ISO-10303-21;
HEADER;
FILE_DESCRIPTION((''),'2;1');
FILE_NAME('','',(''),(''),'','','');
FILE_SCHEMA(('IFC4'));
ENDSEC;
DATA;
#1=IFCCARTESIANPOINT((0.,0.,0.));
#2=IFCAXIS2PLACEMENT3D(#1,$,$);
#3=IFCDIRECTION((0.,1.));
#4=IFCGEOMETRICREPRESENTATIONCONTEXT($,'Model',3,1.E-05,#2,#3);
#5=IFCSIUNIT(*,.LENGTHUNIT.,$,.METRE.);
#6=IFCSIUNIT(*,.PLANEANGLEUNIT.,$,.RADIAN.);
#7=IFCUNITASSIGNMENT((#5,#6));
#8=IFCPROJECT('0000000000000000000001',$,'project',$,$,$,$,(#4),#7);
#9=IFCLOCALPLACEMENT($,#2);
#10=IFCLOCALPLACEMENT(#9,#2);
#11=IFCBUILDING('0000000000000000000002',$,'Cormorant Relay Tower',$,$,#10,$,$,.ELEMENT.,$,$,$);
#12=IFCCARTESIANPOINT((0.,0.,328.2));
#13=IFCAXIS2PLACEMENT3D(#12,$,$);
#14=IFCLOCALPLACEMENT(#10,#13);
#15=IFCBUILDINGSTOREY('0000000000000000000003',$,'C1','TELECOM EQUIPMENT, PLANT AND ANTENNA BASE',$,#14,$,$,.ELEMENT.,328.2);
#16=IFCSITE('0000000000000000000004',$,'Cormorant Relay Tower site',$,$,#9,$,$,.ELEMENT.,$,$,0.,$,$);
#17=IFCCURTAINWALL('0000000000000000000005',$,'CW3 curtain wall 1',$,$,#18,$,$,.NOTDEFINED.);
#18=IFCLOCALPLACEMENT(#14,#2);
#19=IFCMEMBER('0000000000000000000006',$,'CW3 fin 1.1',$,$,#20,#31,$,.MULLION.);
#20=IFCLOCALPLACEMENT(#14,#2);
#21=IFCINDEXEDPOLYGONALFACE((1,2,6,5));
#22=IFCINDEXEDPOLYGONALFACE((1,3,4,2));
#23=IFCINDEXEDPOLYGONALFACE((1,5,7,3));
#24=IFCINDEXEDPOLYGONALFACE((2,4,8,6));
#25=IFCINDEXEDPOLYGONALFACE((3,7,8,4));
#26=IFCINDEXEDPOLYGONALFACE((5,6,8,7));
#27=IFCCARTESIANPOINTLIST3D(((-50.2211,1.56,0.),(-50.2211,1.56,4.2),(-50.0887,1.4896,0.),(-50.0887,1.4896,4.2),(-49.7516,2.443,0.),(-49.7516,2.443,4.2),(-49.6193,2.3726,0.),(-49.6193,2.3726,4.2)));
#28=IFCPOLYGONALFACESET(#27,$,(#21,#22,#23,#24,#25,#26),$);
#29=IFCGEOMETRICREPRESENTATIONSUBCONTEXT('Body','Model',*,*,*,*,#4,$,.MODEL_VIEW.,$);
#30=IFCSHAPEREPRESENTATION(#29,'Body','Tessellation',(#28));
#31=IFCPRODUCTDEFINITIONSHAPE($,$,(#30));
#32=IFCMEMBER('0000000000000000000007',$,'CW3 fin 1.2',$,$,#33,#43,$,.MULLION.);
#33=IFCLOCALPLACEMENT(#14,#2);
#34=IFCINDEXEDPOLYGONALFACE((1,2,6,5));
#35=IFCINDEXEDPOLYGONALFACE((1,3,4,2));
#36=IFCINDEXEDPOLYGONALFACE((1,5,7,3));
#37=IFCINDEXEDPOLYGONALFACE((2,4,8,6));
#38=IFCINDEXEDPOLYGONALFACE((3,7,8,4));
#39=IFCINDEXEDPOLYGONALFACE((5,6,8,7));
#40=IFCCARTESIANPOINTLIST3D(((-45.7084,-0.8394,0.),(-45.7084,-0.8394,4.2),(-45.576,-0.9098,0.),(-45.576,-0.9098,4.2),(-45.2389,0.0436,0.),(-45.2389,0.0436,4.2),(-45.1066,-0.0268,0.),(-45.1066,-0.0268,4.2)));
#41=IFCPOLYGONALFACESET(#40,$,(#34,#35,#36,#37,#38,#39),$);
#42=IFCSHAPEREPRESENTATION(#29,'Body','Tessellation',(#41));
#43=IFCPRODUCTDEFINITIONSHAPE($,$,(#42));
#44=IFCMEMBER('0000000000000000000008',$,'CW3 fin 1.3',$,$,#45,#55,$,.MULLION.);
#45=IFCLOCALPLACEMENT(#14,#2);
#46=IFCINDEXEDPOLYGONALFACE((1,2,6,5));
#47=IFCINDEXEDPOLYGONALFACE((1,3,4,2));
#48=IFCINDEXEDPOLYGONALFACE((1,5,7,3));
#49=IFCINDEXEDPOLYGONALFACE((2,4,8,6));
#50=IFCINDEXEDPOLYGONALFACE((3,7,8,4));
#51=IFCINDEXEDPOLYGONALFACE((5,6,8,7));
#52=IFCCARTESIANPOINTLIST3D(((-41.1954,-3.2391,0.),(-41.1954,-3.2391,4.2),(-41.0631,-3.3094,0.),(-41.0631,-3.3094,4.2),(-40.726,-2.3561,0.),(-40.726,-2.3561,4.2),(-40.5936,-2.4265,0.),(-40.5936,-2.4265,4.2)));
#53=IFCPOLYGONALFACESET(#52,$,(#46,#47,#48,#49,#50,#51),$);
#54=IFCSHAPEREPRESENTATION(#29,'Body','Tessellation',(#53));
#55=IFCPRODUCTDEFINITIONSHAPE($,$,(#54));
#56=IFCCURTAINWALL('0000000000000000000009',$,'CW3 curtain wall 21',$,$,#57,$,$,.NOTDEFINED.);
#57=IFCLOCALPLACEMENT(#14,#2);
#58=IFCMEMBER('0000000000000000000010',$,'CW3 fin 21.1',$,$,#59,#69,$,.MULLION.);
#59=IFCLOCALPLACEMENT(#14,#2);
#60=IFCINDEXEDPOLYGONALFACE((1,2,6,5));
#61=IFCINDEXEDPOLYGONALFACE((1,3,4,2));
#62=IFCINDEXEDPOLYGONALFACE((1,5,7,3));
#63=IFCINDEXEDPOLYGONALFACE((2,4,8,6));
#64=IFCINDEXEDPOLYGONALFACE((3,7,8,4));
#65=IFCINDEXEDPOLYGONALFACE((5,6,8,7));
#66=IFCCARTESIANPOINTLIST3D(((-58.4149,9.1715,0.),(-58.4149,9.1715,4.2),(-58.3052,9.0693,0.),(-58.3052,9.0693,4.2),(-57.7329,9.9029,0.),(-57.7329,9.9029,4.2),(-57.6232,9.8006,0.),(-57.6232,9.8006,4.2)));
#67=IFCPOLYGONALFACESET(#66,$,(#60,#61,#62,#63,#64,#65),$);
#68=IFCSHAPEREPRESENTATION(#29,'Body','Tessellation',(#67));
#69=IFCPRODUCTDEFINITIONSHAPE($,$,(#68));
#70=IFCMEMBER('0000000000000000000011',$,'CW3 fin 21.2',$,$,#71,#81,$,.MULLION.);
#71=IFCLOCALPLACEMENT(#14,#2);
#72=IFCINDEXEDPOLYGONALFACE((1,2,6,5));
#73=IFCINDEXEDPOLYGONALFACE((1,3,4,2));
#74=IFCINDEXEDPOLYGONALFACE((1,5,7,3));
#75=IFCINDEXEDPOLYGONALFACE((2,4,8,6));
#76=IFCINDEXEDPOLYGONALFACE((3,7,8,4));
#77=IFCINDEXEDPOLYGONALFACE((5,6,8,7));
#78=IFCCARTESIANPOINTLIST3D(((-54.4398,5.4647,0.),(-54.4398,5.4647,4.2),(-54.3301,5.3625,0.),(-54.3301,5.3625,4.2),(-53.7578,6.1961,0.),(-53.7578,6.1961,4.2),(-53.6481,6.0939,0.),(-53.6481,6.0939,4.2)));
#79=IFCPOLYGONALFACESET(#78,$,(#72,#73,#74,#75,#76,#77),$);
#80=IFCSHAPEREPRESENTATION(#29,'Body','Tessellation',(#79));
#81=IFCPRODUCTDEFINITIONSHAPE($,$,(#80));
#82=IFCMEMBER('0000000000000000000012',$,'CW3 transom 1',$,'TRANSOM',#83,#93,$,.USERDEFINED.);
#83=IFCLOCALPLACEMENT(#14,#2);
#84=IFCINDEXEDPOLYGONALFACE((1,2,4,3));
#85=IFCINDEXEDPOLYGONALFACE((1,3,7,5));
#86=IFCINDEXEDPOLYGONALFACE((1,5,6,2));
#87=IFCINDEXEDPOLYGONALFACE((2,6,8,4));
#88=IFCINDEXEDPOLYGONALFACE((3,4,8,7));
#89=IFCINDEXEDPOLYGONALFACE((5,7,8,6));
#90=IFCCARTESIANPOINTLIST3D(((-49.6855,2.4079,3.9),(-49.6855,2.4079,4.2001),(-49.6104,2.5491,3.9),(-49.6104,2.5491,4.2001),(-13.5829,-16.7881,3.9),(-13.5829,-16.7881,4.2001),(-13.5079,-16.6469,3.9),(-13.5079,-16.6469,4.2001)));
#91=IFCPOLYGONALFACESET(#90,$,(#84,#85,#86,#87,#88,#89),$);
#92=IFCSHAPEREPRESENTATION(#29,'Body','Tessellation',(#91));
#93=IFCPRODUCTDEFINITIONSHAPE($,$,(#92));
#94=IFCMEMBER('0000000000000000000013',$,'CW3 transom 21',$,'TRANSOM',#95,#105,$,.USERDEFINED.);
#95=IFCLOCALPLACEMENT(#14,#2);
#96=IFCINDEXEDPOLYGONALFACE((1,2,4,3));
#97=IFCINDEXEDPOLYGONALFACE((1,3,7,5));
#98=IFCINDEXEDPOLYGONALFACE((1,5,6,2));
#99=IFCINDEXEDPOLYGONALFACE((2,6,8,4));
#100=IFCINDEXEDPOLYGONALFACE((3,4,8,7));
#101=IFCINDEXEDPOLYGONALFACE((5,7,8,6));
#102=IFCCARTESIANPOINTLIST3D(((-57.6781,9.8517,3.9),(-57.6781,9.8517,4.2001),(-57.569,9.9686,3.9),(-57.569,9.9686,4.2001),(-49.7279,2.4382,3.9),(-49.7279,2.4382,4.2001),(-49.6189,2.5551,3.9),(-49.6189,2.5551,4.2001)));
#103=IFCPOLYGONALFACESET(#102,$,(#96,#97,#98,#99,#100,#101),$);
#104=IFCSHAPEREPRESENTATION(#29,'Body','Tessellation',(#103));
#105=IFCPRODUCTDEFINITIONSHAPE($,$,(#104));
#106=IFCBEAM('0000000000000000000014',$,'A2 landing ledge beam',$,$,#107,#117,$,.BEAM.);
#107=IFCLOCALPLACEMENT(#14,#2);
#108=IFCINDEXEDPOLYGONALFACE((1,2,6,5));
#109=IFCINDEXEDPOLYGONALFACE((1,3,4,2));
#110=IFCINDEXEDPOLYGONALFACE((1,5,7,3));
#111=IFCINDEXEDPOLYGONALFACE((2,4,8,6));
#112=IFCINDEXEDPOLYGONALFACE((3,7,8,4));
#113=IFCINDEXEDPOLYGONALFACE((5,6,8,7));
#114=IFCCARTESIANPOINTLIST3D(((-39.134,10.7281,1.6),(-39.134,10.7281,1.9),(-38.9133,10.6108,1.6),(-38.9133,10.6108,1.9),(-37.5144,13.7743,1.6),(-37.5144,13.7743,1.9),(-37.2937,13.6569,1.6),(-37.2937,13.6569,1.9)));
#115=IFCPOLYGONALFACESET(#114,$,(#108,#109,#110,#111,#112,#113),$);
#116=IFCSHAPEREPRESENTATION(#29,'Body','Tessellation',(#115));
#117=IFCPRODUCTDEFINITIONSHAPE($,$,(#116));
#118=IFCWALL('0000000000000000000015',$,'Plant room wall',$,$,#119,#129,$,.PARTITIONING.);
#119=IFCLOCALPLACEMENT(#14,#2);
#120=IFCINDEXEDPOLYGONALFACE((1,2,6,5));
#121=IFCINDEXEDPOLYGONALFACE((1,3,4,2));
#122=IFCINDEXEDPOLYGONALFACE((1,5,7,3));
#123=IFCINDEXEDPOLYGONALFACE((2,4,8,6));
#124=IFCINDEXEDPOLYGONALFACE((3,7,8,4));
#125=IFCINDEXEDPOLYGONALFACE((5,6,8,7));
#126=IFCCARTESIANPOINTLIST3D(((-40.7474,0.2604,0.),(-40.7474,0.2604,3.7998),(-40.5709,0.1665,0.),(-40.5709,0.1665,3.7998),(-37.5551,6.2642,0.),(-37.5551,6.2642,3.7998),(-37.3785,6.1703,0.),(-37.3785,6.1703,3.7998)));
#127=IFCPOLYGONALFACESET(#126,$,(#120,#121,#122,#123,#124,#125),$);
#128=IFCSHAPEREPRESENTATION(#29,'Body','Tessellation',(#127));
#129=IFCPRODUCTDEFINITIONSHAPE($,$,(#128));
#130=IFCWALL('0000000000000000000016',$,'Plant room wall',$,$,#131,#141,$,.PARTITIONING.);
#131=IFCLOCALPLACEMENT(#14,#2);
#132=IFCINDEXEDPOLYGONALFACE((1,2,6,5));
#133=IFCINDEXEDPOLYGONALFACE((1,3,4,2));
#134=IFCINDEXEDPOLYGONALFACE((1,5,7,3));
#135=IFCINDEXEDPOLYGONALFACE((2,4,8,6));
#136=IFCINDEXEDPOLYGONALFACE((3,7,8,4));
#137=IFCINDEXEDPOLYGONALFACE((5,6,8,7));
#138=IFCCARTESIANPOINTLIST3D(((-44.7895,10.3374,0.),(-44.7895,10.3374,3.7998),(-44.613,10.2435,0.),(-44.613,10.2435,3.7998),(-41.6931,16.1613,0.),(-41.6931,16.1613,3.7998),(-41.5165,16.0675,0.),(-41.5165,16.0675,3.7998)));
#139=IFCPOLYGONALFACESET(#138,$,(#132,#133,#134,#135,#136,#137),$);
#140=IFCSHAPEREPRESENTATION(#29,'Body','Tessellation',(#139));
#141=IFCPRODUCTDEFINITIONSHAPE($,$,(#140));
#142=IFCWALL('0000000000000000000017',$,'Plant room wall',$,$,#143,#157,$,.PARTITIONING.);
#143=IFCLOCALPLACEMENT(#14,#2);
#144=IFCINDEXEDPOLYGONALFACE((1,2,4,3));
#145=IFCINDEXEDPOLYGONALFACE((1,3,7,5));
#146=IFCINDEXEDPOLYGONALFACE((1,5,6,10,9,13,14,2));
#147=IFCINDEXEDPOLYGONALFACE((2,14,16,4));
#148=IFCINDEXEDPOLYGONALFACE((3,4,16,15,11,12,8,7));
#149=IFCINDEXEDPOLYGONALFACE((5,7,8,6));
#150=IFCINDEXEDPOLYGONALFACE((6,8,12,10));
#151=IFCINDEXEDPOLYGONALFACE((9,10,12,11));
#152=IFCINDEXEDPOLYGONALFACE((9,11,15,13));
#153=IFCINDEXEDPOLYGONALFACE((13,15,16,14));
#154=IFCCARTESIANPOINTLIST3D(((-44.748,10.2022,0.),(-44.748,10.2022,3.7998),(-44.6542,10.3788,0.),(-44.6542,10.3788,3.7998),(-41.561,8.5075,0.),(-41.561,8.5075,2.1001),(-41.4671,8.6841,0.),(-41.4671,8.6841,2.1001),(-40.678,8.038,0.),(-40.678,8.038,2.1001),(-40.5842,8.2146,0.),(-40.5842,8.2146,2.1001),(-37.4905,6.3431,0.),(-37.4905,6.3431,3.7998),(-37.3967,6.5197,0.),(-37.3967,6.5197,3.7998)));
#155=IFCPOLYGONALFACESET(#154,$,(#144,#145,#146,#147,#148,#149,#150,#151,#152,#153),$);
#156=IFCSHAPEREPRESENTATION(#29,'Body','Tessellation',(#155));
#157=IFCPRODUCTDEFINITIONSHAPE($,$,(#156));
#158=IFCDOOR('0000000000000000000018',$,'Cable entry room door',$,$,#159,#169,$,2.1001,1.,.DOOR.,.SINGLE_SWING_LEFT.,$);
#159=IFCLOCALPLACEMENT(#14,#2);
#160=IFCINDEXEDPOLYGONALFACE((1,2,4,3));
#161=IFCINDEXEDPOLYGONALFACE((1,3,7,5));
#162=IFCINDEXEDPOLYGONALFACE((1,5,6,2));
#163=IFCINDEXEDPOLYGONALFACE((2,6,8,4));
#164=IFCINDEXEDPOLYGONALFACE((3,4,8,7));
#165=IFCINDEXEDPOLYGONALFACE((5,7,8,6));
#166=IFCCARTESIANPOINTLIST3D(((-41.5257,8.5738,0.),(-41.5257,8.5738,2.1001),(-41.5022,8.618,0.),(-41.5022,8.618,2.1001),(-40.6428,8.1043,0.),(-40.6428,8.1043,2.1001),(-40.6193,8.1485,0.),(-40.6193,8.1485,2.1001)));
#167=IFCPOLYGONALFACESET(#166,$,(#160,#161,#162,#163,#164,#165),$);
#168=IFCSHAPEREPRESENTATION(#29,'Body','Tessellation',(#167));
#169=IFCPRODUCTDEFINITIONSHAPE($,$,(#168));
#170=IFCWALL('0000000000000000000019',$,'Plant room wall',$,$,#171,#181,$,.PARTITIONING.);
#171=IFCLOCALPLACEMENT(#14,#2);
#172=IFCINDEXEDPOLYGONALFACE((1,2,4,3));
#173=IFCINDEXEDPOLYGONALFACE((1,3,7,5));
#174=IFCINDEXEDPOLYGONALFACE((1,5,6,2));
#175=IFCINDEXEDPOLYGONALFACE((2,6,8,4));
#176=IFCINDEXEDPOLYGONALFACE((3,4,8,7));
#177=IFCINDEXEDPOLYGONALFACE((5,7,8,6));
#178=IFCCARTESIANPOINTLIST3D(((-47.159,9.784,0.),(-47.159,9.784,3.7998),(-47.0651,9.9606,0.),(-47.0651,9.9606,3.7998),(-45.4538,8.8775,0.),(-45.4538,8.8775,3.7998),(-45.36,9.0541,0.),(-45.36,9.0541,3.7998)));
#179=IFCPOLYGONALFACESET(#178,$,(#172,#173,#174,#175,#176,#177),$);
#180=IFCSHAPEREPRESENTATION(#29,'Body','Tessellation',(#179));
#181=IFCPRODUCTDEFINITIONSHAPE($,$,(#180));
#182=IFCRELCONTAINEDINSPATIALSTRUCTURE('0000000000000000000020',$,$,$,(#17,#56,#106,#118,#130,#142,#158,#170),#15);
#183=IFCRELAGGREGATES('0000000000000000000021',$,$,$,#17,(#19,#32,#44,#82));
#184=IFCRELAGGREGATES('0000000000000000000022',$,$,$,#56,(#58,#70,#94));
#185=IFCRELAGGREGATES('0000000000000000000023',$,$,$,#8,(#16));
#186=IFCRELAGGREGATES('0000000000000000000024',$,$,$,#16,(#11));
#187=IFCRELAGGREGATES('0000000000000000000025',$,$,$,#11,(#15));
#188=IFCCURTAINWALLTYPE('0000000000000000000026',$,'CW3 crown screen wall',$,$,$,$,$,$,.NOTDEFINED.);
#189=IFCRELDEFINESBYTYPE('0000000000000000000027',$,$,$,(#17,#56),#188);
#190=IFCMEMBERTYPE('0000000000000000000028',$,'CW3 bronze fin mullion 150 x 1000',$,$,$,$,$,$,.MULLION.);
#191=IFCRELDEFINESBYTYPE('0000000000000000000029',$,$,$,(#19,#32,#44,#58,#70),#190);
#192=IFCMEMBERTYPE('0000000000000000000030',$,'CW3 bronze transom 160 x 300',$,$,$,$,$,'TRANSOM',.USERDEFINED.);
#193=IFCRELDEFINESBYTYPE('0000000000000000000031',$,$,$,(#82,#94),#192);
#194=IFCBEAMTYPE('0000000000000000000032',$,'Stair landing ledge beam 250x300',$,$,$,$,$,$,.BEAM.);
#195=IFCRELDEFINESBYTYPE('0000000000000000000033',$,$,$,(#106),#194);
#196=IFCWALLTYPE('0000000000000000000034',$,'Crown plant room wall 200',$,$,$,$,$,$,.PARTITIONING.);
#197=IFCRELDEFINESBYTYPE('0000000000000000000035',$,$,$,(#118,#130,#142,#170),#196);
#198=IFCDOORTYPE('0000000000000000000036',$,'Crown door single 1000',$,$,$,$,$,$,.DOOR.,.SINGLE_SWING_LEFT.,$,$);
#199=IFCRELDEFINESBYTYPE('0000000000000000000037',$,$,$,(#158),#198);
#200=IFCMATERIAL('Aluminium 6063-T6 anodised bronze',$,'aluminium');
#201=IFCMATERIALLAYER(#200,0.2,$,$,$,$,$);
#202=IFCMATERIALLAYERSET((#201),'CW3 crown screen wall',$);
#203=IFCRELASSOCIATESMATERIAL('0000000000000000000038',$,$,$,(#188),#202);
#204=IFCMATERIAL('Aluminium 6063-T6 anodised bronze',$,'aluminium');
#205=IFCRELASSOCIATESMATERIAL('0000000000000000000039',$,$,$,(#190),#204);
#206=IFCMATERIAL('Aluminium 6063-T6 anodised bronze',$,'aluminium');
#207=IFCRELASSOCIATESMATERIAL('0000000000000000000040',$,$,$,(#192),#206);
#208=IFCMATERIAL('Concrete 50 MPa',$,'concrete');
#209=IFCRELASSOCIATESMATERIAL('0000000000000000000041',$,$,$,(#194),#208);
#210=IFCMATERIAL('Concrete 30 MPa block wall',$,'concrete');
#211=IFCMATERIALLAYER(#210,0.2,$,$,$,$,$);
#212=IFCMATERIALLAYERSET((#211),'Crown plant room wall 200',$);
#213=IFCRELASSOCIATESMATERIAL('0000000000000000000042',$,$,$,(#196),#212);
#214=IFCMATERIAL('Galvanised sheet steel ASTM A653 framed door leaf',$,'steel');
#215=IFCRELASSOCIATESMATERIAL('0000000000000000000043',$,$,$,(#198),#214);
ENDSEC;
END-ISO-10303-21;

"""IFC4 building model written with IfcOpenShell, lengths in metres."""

from ifc_helpers import new_model, si_unit, direction, frame, frame_2d, origin, origin_2d, place, context, subcontext, project, spatial, rectangle, extrude, material, layer, layer_set, material_profile, profile_set, type_object, element, fill, aggregate, save


model = new_model("IFC4")

# Units and contexts
model_context = context("Model", 3, precision=1e-05, world=origin(), true_north=direction((0.0, 1.0)))
body_context = subcontext(model_context, "Body", "Model", "MODEL_VIEW")
ifc_project = project(units=[si_unit("LENGTHUNIT", "METRE"), si_unit("PLANEANGLEUNIT", "RADIAN")], contexts=[model_context])

# Site, building, storey
site_placement = place(None, origin())
site = spatial("IfcSite", under=ifc_project, at=site_placement, Name="Cormorant Relay Tower site", CompositionType="ELEMENT", RefElevation=0.0)
building_placement = place(site_placement, origin())
building = spatial("IfcBuilding", under=site, at=building_placement, Name="Cormorant Relay Tower", CompositionType="ELEMENT")
storey_placement = place(building_placement, frame((0.0, 0.0, 328.2)))
storey = spatial("IfcBuildingStorey", under=building, at=storey_placement, Name="C1", Description="TELECOM EQUIPMENT, PLANT AND ANTENNA BASE", CompositionType="ELEMENT", Elevation=328.2)

# Curtain walls, members
ifc_material_1 = material(Name="Aluminium 6063-T6 anodised bronze", Category="aluminium")
ifc_layer_1 = layer(ifc_material_1, 0.2)
ifc_layer_set_1 = layer_set([ifc_layer_1], Name="CW3 crown screen wall")
curtain_wall_type = type_object("IfcCurtainWallType", Name="CW3 crown screen wall", PredefinedType="NOTDEFINED", material=ifc_layer_set_1)
curtain_wall_1_placement = place(storey_placement, origin())
curtain_wall_1 = element("IfcCurtainWall", 1, at=curtain_wall_1_placement, inside=storey, type_object=curtain_wall_type, Name="CW3 curtain wall 1", PredefinedType="NOTDEFINED")
ifc_material_2 = material(Name="Aluminium 6063-T6 anodised bronze", Category="aluminium")
ifc_material_profile_1 = material_profile(ifc_material_2, rectangle(XDim=0.1499, YDim=1.0, at=origin_2d()), Name="AL 150x1000")
ifc_profile_set_1 = profile_set([ifc_material_profile_1], Name="Aluminium 6063-T6 anodised bronze")
member_type_1 = type_object("IfcMemberType", Name="CW3 bronze fin mullion 150 x 1000", PredefinedType="MULLION", material=ifc_profile_set_1)
member_1_placement = place(storey_placement, frame((-49.9202, 1.9663, 0.0), z_axis=(0.0, 0.0, 1.0), x_axis=(0.882948, -0.469472, 0.0)))
member_1 = element("IfcMember", 2, at=member_1_placement, type_object=member_type_1, Name="CW3 fin 1.1", PredefinedType="MULLION", context=body_context, shape_type="SweptSolid", body=[
    extrude(rectangle(XDim=0.1499, YDim=1.0, at=origin_2d()), origin(), (0.0, 0.0, 1.0), 4.2),
])
member_2_placement = place(storey_placement, frame((-45.4075, -0.4331, 0.0), z_axis=(0.0, 0.0, 1.0), x_axis=(0.882948, -0.469472, 0.0)))
member_2 = element("IfcMember", 3, at=member_2_placement, type_object=member_type_1, Name="CW3 fin 1.2", PredefinedType="MULLION", context=body_context, shape_type="SweptSolid", body=[
    extrude(rectangle(XDim=0.1499, YDim=1.0, at=origin_2d()), origin(), (0.0, 0.0, 1.0), 4.2),
])
member_3_placement = place(storey_placement, frame((-40.8945, -2.8328, 0.0), z_axis=(0.0, 0.0, 1.0), x_axis=(0.882948, -0.469472, 0.0)))
member_3 = element("IfcMember", 4, at=member_3_placement, type_object=member_type_1, Name="CW3 fin 1.3", PredefinedType="MULLION", context=body_context, shape_type="SweptSolid", body=[
    extrude(rectangle(XDim=0.1499, YDim=1.0, at=origin_2d()), origin(), (0.0, 0.0, 1.0), 4.2),
])
curtain_wall_2_placement = place(storey_placement, origin())
curtain_wall_2 = element("IfcCurtainWall", 5, at=curtain_wall_2_placement, inside=storey, type_object=curtain_wall_type, Name="CW3 curtain wall 21", PredefinedType="NOTDEFINED")
member_4_placement = place(storey_placement, frame((-58.019, 9.4861, 0.0), z_axis=(0.0, 0.0, 1.0), x_axis=(0.731354, -0.681998, 0.0)))
member_4 = element("IfcMember", 6, at=member_4_placement, type_object=member_type_1, Name="CW3 fin 21.1", PredefinedType="MULLION", context=body_context, shape_type="SweptSolid", body=[
    extrude(rectangle(XDim=0.1499, YDim=1.0, at=origin_2d()), origin(), (0.0, 0.0, 1.0), 4.2),
])
member_5_placement = place(storey_placement, frame((-54.0439, 5.7793, 0.0), z_axis=(0.0, 0.0, 1.0), x_axis=(0.731354, -0.681998, 0.0)))
member_5 = element("IfcMember", 7, at=member_5_placement, type_object=member_type_1, Name="CW3 fin 21.2", PredefinedType="MULLION", context=body_context, shape_type="SweptSolid", body=[
    extrude(rectangle(XDim=0.1499, YDim=1.0, at=origin_2d()), origin(), (0.0, 0.0, 1.0), 4.2),
])

# Members
ifc_material_3 = material(Name="Aluminium 6063-T6 anodised bronze", Category="aluminium")
ifc_material_profile_2 = material_profile(ifc_material_3, rectangle(XDim=0.1599, YDim=0.3, at=origin_2d()), Name="AL 160x300")
ifc_profile_set_2 = profile_set([ifc_material_profile_2], Name="Aluminium 6063-T6 anodised bronze")
member_type_2 = type_object("IfcMemberType", Name="CW3 bronze transom 160 x 300", ElementType="TRANSOM", PredefinedType="USERDEFINED", material=ifc_profile_set_2)
member_6_placement = place(storey_placement, frame((-49.6479, 2.4785, 4.05), z_axis=(0.882948, -0.469471, 0.0), x_axis=(0.469471, 0.882948, 0.0)))
member_6 = element("IfcMember", 8, at=member_6_placement, type_object=member_type_2, Name="CW3 transom 1", ObjectType="TRANSOM", PredefinedType="USERDEFINED", context=body_context, shape_type="SweptSolid", body=[
    extrude(rectangle(XDim=0.1599, YDim=0.3, at=origin_2d()), origin(), (0.0, 0.0, 1.0), 40.8887),
])
member_7_placement = place(storey_placement, frame((-57.6235, 9.9102, 4.05), z_axis=(0.731358, -0.681993, 0.0), x_axis=(0.681993, 0.731358, 0.0)))
member_7 = element("IfcMember", 9, at=member_7_placement, type_object=member_type_2, Name="CW3 transom 21", ObjectType="TRANSOM", PredefinedType="USERDEFINED", context=body_context, shape_type="SweptSolid", body=[
    extrude(rectangle(XDim=0.1599, YDim=0.3, at=origin_2d()), origin(), (0.0, 0.0, 1.0), 10.8704),
])

# Beam
ifc_material_4 = material(Name="Concrete 50 MPa", Category="concrete")
ifc_material_profile_3 = material_profile(ifc_material_4, rectangle(XDim=0.25, YDim=0.3, at=origin_2d()), Name="RC 250x300")
ifc_profile_set_3 = profile_set([ifc_material_profile_3], Name="Concrete 50 MPa")
beam_type = type_object("IfcBeamType", Name="Stair landing ledge beam 250x300", PredefinedType="BEAM", material=ifc_profile_set_3)
beam_placement = place(storey_placement, frame((-37.4041, 13.7156, 1.75), z_axis=(-0.469464, -0.882952, 0.0), x_axis=(0.882952, -0.469464, 0.0)))
element("IfcBeam", 10, at=beam_placement, inside=storey, type_object=beam_type, Name="A2 landing ledge beam", PredefinedType="BEAM", context=body_context, shape_type="SweptSolid", body=[
    extrude(rectangle(XDim=0.25, YDim=0.3, at=origin_2d()), origin(), (0.0, 0.0, 1.0), 3.45),
])

# Walls
ifc_material_5 = material(Name="Concrete 30 MPa block wall", Category="concrete")
ifc_layer_2 = layer(ifc_material_5, 0.2)
ifc_layer_set_2 = layer_set([ifc_layer_2], Name="Crown plant room wall 200")
wall_type_1 = type_object("IfcWallType", Name="Crown plant room wall 200", PredefinedType="PARTITIONING", material=ifc_layer_set_2)
wall_1_placement = place(storey_placement, frame((-37.4668, 6.2173, 0.0), z_axis=(0.0, 0.0, 1.0), x_axis=(-0.469477, -0.882945, 0.0)))
element("IfcWall", 11, at=wall_1_placement, inside=storey, type_object=wall_type_1, Name="Plant room wall", PredefinedType="PARTITIONING", context=body_context, shape_type="SweptSolid", body=[
    extrude(rectangle(XDim=6.7998, YDim=0.2, at=frame_2d((3.3999, 0.0))), origin(), (0.0, 0.0, 1.0), 3.7998),
])
wall_2_placement = place(storey_placement, frame((-44.7012, 10.2905, 0.0), z_axis=(0.0, 0.0, 1.0), x_axis=(0.469445, 0.882962, 0.0)))
element("IfcWall", 12, at=wall_2_placement, inside=storey, type_object=wall_type_1, Name="Plant room wall", PredefinedType="PARTITIONING", context=body_context, shape_type="SweptSolid", body=[
    extrude(rectangle(XDim=6.5959, YDim=0.2, at=frame_2d((3.2979, 0.0))), origin(), (0.0, 0.0, 1.0), 3.7998),
])

# Wall, opening, door
wall_3_placement = place(storey_placement, frame((-37.4436, 6.4314, 0.0), z_axis=(0.0, 0.0, 1.0), x_axis=(-0.882937, 0.469492, 0.0)))
wall_3 = element("IfcWall", 13, at=wall_3_placement, inside=storey, type_object=wall_type_1, Name="Plant room wall", PredefinedType="PARTITIONING", context=body_context, shape_type="SweptSolid", body=[
    extrude(rectangle(XDim=8.2197, YDim=0.2, at=frame_2d((4.1099, 0.0))), origin(), (0.0, 0.0, 1.0), 3.7998),
])
opening_1_placement = place(wall_3_placement, frame((3.6101, 0.0, 0.0)))
opening_1 = element("IfcOpeningElement", 14, at=opening_1_placement, cuts=wall_3, PredefinedType="OPENING", context=body_context, shape_type="SweptSolid", body=[
    extrude(rectangle(XDim=1.0, YDim=2.1001, at=frame_2d((0.5, 1.05))), frame((0.0, 0.1099, 0.0), z_axis=(0.0, -1.0, 0.0), x_axis=(1.0, 0.0, 0.0)), (0.0, 0.0, 1.0), 0.22),
])
ifc_material_6 = material(Name="Galvanised sheet steel ASTM A653 framed door leaf", Category="steel")
door_type_1 = type_object("IfcDoorType", Name="Crown door single 1000", OperationType="SINGLE_SWING_LEFT", PredefinedType="DOOR", material=ifc_material_6)
door_1_placement = place(opening_1_placement, origin())
door_1 = element("IfcDoor", 15, at=door_1_placement, inside=storey, type_object=door_type_1, Name="Cable entry room door", OperationType="SINGLE_SWING_LEFT", OverallHeight=2.1001, OverallWidth=1.0, PredefinedType="DOOR", context=body_context, shape_type="SweptSolid", body=[
    extrude(rectangle(XDim=1.0, YDim=2.1001, at=frame_2d((0.5, 1.05))), frame((0.0, 0.0249, 0.0), z_axis=(0.0, -1.0, 0.0), x_axis=(1.0, 0.0, 0.0)), (0.0, 0.0, 1.0), 0.05),
])
fill(opening_1, door_1)

# Wall
wall_4_placement = place(storey_placement, frame((-47.1121, 9.8723, 0.0), z_axis=(0.0, 0.0, 1.0), x_axis=(0.882972, -0.469426, 0.0)))
element("IfcWall", 16, at=wall_4_placement, inside=storey, type_object=wall_type_1, Name="Plant room wall", PredefinedType="PARTITIONING", context=body_context, shape_type="SweptSolid", body=[
    extrude(rectangle(XDim=1.9312, YDim=0.2, at=frame_2d((0.9656, 0.0))), origin(), (0.0, 0.0, 1.0), 3.7998),
])

aggregate(curtain_wall_1, [member_1, member_2, member_3, member_6])

aggregate(curtain_wall_2, [member_4, member_5, member_7])

save(model, "model.ifc")
